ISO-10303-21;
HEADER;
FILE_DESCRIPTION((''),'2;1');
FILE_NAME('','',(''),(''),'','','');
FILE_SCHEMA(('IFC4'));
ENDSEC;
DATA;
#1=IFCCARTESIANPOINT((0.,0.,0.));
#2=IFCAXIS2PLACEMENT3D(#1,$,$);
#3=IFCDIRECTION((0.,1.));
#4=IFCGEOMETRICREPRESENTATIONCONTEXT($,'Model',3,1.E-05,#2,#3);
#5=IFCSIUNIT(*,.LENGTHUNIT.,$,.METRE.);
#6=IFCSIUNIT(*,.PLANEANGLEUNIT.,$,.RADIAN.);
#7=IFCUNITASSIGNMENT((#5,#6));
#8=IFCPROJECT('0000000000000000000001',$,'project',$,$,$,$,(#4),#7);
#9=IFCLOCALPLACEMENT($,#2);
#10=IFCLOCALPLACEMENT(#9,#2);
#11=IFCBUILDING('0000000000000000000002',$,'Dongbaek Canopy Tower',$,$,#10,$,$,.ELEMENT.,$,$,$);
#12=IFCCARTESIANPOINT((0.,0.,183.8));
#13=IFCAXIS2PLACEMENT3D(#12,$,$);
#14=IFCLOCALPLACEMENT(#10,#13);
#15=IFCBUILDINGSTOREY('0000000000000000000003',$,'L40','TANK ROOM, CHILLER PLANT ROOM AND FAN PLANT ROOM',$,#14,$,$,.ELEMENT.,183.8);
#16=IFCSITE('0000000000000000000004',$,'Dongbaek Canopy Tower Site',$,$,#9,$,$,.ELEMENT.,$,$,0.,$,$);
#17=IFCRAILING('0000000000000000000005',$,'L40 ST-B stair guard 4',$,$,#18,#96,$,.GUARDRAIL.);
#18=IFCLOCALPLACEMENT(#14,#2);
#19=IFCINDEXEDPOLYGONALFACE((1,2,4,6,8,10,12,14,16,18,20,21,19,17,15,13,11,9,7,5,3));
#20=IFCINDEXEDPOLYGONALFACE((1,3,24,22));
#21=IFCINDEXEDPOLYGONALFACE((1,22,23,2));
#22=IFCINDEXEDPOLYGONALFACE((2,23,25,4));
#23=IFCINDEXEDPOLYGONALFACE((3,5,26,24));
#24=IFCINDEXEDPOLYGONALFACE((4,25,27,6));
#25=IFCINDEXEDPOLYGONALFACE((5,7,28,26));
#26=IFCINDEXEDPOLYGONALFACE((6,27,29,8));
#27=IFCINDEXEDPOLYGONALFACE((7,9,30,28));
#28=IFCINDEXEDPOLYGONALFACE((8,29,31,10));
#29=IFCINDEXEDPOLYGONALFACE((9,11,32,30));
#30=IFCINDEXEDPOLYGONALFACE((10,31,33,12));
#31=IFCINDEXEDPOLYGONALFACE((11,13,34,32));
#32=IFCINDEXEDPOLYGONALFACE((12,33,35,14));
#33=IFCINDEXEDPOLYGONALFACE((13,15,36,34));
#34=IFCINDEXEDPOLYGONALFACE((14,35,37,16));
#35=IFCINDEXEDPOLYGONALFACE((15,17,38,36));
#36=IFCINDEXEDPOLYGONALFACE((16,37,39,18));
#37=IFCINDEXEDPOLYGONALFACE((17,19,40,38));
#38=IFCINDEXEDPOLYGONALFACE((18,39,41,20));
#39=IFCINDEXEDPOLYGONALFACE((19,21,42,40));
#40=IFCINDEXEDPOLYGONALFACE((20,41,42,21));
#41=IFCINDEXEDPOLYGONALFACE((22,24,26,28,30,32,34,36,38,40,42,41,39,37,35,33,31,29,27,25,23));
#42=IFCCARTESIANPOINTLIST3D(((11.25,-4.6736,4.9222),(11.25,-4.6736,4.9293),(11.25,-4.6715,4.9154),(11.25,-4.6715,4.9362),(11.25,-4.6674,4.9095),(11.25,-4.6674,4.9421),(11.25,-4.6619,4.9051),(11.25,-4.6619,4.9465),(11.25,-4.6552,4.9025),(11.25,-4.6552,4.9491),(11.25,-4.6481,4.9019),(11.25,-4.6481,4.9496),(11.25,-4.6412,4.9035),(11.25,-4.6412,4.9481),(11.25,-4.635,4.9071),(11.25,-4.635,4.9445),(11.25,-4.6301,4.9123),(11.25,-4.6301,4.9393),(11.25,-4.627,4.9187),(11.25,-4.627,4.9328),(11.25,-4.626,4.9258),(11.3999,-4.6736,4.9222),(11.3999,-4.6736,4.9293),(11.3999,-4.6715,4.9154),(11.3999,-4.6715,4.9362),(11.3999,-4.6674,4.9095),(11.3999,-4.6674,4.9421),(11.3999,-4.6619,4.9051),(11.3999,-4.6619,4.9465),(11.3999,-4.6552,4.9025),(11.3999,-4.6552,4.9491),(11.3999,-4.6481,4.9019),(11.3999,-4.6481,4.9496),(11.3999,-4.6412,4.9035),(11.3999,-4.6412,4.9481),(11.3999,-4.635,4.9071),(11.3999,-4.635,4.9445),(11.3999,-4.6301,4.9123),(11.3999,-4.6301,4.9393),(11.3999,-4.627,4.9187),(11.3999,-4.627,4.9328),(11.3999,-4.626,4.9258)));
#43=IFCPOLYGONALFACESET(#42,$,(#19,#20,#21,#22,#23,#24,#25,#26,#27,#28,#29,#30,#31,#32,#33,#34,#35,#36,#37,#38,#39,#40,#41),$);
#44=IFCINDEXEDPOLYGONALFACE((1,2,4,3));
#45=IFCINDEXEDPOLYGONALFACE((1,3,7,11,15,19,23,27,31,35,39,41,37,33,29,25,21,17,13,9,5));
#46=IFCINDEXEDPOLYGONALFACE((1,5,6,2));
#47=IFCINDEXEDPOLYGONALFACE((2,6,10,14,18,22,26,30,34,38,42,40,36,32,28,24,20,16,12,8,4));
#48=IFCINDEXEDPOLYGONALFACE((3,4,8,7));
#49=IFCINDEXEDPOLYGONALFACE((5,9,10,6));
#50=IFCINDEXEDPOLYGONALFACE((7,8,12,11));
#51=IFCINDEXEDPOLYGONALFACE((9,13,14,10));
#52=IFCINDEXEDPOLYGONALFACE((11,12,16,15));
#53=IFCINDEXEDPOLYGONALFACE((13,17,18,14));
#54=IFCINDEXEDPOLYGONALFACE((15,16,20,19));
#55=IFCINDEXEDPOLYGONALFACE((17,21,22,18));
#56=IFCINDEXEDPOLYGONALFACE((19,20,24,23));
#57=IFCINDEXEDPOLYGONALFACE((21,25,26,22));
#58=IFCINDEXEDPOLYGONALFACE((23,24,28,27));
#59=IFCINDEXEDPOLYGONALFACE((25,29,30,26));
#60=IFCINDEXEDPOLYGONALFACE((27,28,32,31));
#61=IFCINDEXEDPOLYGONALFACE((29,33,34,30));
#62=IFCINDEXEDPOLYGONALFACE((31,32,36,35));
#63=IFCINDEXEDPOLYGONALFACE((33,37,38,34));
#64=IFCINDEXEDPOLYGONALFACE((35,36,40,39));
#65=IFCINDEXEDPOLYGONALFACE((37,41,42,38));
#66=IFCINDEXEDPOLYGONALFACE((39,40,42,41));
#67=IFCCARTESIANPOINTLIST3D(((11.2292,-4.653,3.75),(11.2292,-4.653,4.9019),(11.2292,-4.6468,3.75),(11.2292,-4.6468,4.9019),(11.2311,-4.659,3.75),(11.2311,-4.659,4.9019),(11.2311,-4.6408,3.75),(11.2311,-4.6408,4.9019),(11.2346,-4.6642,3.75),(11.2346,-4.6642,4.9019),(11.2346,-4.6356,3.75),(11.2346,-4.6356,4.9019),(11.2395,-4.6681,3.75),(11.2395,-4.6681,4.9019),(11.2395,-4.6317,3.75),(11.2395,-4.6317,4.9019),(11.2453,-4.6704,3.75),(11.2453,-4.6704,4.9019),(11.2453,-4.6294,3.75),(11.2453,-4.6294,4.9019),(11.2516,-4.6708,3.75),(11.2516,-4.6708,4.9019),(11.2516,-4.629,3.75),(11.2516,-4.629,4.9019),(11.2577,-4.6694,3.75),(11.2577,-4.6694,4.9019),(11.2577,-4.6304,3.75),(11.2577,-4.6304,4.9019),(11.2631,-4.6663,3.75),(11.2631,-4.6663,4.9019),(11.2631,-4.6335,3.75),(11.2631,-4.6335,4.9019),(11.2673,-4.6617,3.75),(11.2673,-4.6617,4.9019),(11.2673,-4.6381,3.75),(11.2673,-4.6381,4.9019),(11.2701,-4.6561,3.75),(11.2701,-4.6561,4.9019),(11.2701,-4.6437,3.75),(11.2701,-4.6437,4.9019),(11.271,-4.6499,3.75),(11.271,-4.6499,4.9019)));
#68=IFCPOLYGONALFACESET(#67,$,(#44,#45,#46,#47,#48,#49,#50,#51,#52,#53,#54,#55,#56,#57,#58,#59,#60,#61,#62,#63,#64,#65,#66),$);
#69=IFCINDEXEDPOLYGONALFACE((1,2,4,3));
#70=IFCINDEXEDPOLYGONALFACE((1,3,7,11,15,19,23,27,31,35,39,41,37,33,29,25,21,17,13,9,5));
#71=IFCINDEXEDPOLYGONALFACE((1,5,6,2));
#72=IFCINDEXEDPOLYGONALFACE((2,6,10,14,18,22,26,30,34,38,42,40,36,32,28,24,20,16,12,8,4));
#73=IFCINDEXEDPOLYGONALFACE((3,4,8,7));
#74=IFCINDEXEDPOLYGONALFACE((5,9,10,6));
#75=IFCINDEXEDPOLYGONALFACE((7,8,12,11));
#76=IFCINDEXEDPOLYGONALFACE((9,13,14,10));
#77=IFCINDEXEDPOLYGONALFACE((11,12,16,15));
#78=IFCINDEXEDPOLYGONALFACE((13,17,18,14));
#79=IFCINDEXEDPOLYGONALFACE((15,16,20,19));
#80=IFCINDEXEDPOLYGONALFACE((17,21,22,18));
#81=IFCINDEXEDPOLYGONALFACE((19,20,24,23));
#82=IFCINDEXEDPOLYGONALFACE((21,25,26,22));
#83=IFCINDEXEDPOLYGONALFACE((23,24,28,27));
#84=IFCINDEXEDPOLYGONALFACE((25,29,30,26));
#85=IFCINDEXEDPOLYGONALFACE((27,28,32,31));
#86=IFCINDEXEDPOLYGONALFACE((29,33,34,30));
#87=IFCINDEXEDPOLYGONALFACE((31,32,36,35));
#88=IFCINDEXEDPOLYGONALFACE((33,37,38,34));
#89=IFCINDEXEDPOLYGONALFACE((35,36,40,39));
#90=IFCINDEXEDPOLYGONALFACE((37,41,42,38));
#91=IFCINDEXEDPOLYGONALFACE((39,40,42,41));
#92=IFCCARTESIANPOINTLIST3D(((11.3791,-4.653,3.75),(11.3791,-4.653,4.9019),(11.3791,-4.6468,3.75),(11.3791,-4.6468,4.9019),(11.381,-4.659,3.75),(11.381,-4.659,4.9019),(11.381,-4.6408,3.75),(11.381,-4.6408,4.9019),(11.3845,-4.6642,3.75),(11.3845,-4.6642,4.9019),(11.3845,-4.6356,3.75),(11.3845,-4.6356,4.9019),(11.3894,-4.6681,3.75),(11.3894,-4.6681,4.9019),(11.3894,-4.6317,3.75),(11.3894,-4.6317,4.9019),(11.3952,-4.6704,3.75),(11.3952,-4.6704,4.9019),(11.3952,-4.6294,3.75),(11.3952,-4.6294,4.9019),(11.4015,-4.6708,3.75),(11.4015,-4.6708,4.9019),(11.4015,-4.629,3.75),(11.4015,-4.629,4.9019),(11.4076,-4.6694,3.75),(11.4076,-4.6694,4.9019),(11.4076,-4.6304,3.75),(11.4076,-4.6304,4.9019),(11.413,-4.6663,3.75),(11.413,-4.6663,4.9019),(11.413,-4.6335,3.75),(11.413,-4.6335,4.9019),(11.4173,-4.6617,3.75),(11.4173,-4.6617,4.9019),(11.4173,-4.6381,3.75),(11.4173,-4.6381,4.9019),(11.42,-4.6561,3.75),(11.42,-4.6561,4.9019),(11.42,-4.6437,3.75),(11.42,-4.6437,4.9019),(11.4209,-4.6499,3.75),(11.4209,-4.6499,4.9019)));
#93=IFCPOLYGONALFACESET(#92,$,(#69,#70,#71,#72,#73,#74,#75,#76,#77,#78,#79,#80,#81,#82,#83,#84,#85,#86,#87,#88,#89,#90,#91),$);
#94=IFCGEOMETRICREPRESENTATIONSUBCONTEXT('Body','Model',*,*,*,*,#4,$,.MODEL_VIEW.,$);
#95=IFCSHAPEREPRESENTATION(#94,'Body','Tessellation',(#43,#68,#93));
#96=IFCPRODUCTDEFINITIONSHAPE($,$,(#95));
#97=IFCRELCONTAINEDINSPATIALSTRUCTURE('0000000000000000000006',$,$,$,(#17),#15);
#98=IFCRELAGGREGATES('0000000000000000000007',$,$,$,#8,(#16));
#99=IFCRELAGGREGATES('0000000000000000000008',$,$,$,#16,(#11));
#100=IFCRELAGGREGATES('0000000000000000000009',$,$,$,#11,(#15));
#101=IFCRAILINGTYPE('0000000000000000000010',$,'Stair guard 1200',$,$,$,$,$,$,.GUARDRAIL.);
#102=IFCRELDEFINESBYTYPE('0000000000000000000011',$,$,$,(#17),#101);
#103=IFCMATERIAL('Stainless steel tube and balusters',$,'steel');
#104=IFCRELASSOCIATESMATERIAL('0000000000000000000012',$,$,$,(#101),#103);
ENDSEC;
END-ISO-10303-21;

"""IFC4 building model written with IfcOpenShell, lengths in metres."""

from ifc_helpers import new_model, si_unit, direction, frame, origin, origin_2d, place, context, subcontext, project, spatial, circle, extrude, material, type_object, element, save


model = new_model("IFC4")

# Units and contexts
model_context = context("Model", 3, precision=1e-05, world=origin(), true_north=direction((0.0, 1.0)))
body_context = subcontext(model_context, "Body", "Model", "MODEL_VIEW")
ifc_project = project(units=[si_unit("LENGTHUNIT", "METRE"), si_unit("PLANEANGLEUNIT", "RADIAN")], contexts=[model_context])

# Site, building, storey
site_placement = place(None, origin())
site = spatial("IfcSite", under=ifc_project, at=site_placement, Name="Dongbaek Canopy Tower Site", CompositionType="ELEMENT", RefElevation=0.0)
building_placement = place(site_placement, origin())
building = spatial("IfcBuilding", under=site, at=building_placement, Name="Dongbaek Canopy Tower", CompositionType="ELEMENT")
storey_placement = place(building_placement, frame((0.0, 0.0, 183.8)))
storey = spatial("IfcBuildingStorey", under=building, at=storey_placement, Name="L40", Description="TANK ROOM, CHILLER PLANT ROOM AND FAN PLANT ROOM", CompositionType="ELEMENT", Elevation=183.8)

# Railing
ifc_material_1 = material(Name="Stainless steel tube and balusters", Category="steel")
railing_type_1 = type_object("IfcRailingType", Name="Stair guard 1200", PredefinedType="GUARDRAIL", material=ifc_material_1)
railing_1_placement = place(storey_placement, frame((11.25, -4.6499, 3.75)))
element("IfcRailing", 1, at=railing_1_placement, inside=storey, type_object=railing_type_1, Name="L40 ST-B stair guard 4", PredefinedType="GUARDRAIL", context=body_context, shape_type="SweptSolid", body=[
    extrude(circle(Radius=0.0239, at=origin_2d()), frame((0.0, 0.0, 1.1758), z_axis=(1.0, 0.0, 0.0), x_axis=(0.0, 1.0, 0.0)), (0.0, 0.0, 1.0), 0.1499),
    extrude(circle(Radius=0.021, at=origin_2d()), origin(), (0.0, 0.0, 1.0), 1.1519),
    extrude(circle(Radius=0.021, at=origin_2d()), frame((0.1499, 0.0, 0.0)), (0.0, 0.0, 1.0), 1.1519),
])

save(model, "model.ifc")
